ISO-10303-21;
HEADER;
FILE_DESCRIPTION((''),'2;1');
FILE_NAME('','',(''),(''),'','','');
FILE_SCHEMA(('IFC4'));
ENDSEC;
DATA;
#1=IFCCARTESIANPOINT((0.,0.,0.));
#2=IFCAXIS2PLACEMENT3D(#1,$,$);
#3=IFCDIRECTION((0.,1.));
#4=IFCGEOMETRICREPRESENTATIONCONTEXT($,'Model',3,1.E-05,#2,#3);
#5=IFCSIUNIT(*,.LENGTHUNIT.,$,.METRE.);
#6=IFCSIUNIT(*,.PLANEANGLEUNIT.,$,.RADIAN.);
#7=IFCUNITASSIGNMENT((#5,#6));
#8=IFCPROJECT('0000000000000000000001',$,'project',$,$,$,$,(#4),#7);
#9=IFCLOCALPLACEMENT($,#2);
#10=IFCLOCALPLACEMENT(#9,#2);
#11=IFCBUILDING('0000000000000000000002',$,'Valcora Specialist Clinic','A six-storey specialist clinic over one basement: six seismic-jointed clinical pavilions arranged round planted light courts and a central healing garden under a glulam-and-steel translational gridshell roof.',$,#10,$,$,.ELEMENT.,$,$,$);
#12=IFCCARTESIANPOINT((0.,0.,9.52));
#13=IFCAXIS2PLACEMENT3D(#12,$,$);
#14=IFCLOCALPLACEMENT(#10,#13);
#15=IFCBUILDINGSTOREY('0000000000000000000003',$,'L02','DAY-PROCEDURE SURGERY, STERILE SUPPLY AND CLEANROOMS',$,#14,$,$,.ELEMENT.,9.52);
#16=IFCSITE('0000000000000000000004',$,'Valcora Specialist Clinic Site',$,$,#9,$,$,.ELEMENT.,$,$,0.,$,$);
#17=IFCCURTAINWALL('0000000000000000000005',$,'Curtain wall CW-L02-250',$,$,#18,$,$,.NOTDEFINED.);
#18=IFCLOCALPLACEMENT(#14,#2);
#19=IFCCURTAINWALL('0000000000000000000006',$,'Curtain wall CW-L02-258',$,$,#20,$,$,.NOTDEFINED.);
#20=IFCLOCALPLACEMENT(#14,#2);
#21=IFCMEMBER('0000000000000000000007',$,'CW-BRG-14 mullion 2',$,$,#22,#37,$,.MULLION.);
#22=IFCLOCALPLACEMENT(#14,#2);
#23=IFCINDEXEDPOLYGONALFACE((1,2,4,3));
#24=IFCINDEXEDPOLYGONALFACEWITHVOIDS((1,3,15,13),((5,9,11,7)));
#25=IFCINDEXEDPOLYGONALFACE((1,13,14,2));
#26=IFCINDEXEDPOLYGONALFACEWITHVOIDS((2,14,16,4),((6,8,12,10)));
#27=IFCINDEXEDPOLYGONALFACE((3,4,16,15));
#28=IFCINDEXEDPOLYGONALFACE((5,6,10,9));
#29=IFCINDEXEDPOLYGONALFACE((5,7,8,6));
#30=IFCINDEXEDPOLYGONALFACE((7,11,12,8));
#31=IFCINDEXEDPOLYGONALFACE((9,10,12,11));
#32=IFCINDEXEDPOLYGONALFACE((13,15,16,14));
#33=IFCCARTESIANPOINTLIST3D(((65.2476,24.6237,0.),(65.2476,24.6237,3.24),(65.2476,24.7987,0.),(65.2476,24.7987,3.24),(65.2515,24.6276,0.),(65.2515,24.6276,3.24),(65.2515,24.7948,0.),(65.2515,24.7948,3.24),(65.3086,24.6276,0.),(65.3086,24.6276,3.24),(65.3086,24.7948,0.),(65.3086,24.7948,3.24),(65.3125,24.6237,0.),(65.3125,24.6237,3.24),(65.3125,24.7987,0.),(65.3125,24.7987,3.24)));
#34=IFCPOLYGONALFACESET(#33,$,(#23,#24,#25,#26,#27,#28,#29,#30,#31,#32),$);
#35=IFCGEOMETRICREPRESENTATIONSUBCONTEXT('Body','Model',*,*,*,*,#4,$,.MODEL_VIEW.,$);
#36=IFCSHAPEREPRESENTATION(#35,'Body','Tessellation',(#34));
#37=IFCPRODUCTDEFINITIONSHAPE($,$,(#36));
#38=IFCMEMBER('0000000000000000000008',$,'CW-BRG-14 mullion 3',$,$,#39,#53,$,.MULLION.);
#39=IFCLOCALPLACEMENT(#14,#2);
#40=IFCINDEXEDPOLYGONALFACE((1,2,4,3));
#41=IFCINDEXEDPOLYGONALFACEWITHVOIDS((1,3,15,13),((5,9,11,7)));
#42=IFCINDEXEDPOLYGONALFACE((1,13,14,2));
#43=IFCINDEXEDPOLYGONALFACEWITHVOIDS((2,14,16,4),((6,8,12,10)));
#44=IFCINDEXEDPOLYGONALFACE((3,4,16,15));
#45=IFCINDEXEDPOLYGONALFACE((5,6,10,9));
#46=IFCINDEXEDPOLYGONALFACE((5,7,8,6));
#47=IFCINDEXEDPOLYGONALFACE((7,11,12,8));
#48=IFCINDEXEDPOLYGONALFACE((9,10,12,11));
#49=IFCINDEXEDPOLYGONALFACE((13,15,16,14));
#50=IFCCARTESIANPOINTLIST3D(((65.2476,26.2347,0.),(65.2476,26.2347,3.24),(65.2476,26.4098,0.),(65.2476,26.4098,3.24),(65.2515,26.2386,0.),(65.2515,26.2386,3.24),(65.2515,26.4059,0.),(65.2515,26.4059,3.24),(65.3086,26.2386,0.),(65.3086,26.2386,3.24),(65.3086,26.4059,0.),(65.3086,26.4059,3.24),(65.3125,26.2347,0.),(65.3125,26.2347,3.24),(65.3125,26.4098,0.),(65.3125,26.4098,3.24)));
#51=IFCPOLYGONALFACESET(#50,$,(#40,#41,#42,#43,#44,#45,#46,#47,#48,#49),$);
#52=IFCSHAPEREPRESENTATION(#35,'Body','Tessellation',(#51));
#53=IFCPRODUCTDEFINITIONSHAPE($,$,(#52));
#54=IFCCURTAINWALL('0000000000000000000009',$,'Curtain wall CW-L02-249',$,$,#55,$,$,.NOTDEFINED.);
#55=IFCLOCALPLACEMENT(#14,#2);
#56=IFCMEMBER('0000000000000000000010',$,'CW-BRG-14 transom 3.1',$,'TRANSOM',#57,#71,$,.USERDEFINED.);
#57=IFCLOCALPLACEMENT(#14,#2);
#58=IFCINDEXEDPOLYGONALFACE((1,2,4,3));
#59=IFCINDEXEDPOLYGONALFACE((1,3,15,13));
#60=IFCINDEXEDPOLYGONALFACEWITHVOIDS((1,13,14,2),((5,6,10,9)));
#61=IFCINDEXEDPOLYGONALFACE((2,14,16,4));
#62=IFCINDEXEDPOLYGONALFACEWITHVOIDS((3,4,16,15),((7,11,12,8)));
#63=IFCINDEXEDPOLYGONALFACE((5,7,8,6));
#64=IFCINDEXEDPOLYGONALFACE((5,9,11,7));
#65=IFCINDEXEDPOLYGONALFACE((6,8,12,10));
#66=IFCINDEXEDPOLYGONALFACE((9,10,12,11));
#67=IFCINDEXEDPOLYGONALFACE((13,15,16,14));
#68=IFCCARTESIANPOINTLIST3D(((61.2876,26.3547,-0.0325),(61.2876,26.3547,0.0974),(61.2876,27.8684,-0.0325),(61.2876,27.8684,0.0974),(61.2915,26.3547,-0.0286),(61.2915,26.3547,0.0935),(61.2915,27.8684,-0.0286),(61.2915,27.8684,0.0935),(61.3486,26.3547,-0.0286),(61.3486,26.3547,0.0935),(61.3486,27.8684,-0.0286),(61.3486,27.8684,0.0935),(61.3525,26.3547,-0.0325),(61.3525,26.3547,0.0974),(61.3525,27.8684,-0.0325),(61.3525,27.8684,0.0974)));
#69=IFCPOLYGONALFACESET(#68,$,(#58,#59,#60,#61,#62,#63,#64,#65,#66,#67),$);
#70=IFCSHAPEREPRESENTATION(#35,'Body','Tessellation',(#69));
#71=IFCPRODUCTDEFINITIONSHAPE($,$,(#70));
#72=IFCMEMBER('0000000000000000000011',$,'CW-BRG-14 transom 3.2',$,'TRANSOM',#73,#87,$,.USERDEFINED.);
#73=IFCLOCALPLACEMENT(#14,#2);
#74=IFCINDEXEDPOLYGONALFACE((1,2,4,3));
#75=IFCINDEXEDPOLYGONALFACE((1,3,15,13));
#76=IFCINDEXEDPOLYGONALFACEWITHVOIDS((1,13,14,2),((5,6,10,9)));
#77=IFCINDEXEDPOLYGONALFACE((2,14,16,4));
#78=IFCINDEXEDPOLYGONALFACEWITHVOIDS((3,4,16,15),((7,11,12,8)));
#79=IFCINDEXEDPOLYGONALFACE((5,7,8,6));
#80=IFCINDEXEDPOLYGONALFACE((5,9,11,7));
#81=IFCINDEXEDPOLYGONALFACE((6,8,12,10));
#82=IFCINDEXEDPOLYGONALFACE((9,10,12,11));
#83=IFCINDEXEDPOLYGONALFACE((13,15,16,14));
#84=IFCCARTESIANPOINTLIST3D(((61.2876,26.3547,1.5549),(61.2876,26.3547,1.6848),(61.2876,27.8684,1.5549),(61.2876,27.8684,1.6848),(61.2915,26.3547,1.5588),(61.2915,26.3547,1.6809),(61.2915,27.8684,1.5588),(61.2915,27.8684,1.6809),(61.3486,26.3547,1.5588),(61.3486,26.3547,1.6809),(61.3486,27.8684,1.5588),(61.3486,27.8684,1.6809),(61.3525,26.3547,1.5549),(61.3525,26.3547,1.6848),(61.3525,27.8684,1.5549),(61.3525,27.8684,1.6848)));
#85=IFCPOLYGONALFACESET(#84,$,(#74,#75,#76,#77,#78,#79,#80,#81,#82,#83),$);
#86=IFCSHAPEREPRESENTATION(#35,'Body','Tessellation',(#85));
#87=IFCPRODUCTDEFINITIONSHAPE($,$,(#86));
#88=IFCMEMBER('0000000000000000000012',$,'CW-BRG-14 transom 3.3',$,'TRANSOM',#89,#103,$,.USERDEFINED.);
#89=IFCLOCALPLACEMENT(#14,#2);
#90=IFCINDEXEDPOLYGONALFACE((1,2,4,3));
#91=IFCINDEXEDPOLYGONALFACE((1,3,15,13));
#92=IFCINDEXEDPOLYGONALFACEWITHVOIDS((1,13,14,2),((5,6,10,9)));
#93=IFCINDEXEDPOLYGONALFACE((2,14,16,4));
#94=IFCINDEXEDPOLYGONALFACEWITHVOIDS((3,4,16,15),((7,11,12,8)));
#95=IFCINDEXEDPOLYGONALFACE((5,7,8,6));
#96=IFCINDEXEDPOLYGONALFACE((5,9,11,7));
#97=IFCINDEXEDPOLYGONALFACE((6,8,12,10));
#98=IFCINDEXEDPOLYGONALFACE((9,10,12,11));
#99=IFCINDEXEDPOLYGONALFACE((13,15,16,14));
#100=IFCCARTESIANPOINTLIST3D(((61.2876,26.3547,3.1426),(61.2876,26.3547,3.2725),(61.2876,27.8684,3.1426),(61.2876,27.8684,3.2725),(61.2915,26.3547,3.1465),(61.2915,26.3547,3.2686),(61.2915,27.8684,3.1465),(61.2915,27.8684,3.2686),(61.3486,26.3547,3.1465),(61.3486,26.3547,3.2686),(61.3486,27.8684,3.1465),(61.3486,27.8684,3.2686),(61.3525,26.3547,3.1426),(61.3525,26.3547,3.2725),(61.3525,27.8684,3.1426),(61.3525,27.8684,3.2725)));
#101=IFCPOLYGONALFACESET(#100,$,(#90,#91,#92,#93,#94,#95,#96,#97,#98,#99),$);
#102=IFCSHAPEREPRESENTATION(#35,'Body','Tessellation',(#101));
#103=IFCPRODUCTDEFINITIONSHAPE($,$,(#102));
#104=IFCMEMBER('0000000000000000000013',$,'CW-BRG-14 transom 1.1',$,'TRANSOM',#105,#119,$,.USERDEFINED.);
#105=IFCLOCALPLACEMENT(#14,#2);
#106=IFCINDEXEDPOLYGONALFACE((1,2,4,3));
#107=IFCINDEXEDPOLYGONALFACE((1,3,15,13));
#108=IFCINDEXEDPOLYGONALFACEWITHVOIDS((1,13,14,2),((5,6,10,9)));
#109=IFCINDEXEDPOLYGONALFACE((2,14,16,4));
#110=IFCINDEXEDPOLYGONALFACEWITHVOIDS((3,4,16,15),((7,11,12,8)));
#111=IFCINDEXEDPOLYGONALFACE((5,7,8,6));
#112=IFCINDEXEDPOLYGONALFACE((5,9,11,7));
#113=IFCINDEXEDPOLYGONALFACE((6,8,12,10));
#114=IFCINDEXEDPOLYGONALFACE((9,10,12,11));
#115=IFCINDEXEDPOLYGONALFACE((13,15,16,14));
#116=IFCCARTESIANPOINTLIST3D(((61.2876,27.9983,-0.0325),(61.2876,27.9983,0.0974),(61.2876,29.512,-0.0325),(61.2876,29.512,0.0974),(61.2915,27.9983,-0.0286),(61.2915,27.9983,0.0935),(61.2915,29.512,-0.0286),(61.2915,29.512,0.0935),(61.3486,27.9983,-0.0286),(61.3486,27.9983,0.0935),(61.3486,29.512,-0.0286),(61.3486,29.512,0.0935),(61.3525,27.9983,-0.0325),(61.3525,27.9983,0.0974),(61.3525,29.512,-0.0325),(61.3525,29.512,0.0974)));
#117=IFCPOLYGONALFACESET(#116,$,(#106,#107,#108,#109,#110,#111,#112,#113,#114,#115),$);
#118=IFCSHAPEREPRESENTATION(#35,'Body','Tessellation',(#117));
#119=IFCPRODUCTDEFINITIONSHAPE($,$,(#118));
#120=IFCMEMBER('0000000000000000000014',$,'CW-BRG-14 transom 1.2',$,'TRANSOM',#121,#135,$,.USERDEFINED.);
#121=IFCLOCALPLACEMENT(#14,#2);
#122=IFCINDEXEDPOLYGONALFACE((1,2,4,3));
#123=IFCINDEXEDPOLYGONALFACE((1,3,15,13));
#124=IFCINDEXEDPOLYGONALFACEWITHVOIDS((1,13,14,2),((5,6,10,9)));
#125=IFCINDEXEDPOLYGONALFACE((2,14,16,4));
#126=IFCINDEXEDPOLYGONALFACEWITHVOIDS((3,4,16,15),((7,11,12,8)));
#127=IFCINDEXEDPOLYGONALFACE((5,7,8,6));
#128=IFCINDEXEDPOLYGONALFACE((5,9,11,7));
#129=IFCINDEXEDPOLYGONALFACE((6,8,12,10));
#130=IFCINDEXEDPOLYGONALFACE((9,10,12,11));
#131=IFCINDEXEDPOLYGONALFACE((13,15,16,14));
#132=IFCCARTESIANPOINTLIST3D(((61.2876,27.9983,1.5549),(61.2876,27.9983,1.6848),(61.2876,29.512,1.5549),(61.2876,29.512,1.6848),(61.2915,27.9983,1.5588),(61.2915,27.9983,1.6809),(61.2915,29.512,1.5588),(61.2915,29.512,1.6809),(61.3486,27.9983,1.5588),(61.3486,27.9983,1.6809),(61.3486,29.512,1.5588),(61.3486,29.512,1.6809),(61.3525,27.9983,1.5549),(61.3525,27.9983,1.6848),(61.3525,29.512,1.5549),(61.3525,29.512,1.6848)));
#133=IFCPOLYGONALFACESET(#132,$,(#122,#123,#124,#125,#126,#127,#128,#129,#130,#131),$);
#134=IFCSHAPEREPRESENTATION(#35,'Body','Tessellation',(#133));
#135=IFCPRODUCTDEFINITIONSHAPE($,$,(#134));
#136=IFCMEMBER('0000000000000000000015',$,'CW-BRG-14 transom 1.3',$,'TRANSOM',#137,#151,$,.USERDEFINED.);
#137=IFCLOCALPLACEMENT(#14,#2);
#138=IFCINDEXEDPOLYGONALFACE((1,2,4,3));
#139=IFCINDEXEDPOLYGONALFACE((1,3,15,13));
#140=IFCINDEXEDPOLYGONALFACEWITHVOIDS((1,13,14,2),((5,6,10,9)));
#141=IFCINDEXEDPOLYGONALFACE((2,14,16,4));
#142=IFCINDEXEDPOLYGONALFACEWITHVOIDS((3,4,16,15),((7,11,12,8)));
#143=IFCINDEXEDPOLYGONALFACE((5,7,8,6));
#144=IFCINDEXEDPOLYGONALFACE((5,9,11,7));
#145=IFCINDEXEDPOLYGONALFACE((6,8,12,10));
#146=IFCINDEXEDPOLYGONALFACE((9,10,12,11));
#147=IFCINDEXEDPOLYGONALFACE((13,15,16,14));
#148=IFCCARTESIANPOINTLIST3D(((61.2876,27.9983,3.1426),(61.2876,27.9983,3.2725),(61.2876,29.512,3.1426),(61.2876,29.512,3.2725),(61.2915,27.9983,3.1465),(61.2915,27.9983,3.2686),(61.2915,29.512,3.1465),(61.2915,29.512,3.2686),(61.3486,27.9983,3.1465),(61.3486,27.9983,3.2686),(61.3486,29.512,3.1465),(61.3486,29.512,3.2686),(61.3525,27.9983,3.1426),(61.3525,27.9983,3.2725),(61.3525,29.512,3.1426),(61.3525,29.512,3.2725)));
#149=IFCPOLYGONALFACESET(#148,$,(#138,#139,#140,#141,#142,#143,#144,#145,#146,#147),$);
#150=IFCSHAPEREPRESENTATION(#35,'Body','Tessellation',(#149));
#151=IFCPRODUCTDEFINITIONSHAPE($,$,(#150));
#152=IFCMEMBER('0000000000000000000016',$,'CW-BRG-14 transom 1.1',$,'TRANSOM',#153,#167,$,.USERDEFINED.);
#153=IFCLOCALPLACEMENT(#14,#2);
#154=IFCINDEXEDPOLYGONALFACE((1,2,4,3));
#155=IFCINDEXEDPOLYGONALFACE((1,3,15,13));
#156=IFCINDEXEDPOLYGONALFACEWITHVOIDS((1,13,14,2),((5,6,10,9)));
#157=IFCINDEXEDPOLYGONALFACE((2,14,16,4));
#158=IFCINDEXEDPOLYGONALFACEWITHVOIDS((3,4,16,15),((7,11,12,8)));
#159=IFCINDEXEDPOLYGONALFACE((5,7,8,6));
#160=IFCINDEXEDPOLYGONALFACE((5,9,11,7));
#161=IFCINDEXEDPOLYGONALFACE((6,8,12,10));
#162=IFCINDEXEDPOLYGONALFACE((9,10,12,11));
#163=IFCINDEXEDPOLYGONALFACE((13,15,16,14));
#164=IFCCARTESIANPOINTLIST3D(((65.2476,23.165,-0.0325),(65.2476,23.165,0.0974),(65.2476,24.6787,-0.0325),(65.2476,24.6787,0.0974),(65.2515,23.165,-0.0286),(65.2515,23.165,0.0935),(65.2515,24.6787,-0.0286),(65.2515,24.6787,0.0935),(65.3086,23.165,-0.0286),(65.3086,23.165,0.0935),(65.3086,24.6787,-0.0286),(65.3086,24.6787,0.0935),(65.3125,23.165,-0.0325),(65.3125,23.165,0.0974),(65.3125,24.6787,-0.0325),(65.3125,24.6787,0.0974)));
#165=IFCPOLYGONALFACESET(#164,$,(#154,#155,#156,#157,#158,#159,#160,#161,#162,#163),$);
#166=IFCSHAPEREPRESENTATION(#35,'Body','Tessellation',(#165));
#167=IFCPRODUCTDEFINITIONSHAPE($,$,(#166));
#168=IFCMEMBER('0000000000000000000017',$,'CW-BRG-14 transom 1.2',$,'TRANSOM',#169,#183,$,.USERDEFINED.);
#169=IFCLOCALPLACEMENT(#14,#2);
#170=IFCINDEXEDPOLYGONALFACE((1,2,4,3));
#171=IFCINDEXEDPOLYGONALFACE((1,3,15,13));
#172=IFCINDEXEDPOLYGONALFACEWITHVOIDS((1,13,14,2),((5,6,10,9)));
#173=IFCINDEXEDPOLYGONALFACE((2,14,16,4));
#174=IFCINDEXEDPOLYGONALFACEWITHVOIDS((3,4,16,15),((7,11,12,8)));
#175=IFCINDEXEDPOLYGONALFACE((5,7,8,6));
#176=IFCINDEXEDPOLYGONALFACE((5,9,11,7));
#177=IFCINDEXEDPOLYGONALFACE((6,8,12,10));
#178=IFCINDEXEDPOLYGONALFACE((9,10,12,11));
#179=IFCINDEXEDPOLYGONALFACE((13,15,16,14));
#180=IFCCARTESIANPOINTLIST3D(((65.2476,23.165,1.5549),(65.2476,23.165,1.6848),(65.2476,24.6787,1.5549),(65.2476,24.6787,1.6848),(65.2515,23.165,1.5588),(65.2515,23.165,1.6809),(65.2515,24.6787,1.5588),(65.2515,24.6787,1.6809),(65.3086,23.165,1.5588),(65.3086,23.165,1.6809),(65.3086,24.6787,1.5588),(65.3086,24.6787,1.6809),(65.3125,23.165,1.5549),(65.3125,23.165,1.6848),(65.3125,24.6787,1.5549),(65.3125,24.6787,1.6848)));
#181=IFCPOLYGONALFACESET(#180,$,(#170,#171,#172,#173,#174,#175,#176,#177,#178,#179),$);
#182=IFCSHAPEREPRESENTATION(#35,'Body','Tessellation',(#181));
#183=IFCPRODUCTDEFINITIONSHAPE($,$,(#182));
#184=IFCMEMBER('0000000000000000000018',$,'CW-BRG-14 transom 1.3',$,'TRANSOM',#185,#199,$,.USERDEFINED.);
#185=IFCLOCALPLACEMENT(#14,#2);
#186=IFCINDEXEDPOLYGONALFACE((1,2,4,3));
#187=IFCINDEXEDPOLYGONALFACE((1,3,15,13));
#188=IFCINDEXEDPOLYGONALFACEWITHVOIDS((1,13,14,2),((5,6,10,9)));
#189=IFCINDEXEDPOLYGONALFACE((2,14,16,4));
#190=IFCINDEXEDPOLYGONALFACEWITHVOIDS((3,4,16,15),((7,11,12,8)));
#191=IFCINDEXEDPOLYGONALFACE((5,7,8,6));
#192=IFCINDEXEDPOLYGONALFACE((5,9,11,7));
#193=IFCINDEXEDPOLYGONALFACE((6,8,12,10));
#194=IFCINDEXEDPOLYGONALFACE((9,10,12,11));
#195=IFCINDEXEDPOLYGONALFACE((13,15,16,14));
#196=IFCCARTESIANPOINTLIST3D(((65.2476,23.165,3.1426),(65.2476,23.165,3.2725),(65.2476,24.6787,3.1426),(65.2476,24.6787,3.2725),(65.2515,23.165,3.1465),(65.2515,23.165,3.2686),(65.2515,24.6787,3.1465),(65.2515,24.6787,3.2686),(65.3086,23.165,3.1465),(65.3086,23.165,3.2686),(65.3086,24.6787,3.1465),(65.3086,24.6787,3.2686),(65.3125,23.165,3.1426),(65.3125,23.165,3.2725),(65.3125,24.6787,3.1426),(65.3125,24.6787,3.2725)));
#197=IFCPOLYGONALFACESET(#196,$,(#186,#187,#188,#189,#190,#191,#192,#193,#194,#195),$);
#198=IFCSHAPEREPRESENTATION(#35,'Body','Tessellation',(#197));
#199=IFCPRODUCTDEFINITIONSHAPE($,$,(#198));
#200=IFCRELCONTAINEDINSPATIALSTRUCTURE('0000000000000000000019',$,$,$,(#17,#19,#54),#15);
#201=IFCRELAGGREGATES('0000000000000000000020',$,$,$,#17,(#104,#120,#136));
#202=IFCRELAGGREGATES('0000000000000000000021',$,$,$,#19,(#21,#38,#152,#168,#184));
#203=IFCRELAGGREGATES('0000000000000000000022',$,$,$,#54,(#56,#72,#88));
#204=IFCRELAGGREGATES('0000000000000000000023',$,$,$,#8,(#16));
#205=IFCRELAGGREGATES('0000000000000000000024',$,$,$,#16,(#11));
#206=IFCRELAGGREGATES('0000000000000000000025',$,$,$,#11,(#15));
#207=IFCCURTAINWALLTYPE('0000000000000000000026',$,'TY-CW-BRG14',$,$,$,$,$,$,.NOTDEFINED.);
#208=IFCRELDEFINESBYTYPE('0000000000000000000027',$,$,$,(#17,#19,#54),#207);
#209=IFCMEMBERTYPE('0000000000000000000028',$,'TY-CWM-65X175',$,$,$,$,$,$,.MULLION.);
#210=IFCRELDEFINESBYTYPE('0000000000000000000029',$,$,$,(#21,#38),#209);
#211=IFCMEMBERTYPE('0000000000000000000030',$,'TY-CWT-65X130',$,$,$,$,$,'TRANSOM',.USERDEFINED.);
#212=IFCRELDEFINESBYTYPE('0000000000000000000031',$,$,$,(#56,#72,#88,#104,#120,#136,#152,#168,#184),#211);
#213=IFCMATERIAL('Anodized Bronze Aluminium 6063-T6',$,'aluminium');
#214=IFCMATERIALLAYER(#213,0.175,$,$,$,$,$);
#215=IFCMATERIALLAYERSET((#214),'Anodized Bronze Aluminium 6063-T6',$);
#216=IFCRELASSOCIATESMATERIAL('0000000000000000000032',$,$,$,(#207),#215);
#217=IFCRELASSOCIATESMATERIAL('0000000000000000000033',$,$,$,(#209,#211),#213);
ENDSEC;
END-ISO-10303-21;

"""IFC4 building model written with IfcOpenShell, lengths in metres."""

from ifc_helpers import new_model, si_unit, direction, frame, origin, origin_2d, place, context, subcontext, project, spatial, hollow_rectangle, extrude, material, layer, layer_set, material_profile, profile_set, type_object, element, aggregate, save


model = new_model("IFC4")

# Units and contexts
model_context = context("Model", 3, precision=1e-05, world=origin(), true_north=direction((0.0, 1.0)))
body_context = subcontext(model_context, "Body", "Model", "MODEL_VIEW")
ifc_project = project(units=[si_unit("LENGTHUNIT", "METRE"), si_unit("PLANEANGLEUNIT", "RADIAN")], contexts=[model_context])

# Site, building, storey
site_placement = place(None, origin())
site = spatial("IfcSite", under=ifc_project, at=site_placement, Name="Valcora Specialist Clinic Site", CompositionType="ELEMENT", RefElevation=0.0)
building_placement = place(site_placement, origin())
building = spatial("IfcBuilding", under=site, at=building_placement, Name="Valcora Specialist Clinic", Description="A six-storey specialist clinic over one basement: six seismic-jointed clinical pavilions arranged round planted light courts and a central healing garden under a glulam-and-steel translational gridshell roof.", CompositionType="ELEMENT")
storey_placement = place(building_placement, frame((0.0, 0.0, 9.52)))
storey = spatial("IfcBuildingStorey", under=building, at=storey_placement, Name="L02", Description="DAY-PROCEDURE SURGERY, STERILE SUPPLY AND CLEANROOMS", CompositionType="ELEMENT", Elevation=9.52)

# Curtain wall
ifc_material_1 = material(Name="Anodized Bronze Aluminium 6063-T6", Category="aluminium")
ifc_layer_1 = layer(ifc_material_1, 0.175)
ifc_layer_set_1 = layer_set([ifc_layer_1], Name="Anodized Bronze Aluminium 6063-T6")
curtain_wall_type = type_object("IfcCurtainWallType", Name="TY-CW-BRG14", PredefinedType="NOTDEFINED", material=ifc_layer_set_1)
curtain_wall_1_placement = place(storey_placement, origin())
curtain_wall_1 = element("IfcCurtainWall", 1, at=curtain_wall_1_placement, inside=storey, type_object=curtain_wall_type, Name="Curtain wall CW-L02-250", PredefinedType="NOTDEFINED")
ifc_material_profile_1 = material_profile(ifc_material_1, hollow_rectangle(XDim=0.0649, YDim=0.175, WallThickness=0.0039, at=origin_2d()), Name="AL-MUL-65X175")
ifc_profile_set_1 = profile_set([ifc_material_profile_1], Name="Anodized Bronze Aluminium 6063-T6")
member_type_1 = type_object("IfcMemberType", Name="TY-CWM-65X175", PredefinedType="MULLION", material=ifc_profile_set_1)

# Curtain walls, members
curtain_wall_2_placement = place(storey_placement, origin())
curtain_wall_2 = element("IfcCurtainWall", 2, at=curtain_wall_2_placement, inside=storey, type_object=curtain_wall_type, Name="Curtain wall CW-L02-258", PredefinedType="NOTDEFINED")
member_1_placement = place(storey_placement, frame((65.28, 24.7112, 0.0), z_axis=(0.0, 0.0, 1.0), x_axis=(-1.0, 0.0, 0.0)))
member_1 = element("IfcMember", 3, at=member_1_placement, type_object=member_type_1, Name="CW-BRG-14 mullion 2", PredefinedType="MULLION", context=body_context, shape_type="SweptSolid", body=[
    extrude(hollow_rectangle(XDim=0.0649, YDim=0.175, WallThickness=0.0039, at=origin_2d()), origin(), (0.0, 0.0, 1.0), 3.24),
])
member_2_placement = place(storey_placement, frame((65.28, 26.3223, 0.0), z_axis=(0.0, 0.0, 1.0), x_axis=(-1.0, 0.0, 0.0)))
member_2 = element("IfcMember", 4, at=member_2_placement, type_object=member_type_1, Name="CW-BRG-14 mullion 3", PredefinedType="MULLION", context=body_context, shape_type="SweptSolid", body=[
    extrude(hollow_rectangle(XDim=0.0649, YDim=0.175, WallThickness=0.0039, at=origin_2d()), origin(), (0.0, 0.0, 1.0), 3.24),
])
curtain_wall_3_placement = place(storey_placement, origin())
curtain_wall_3 = element("IfcCurtainWall", 5, at=curtain_wall_3_placement, inside=storey, type_object=curtain_wall_type, Name="Curtain wall CW-L02-249", PredefinedType="NOTDEFINED")
ifc_material_profile_2 = material_profile(ifc_material_1, hollow_rectangle(XDim=0.0649, YDim=0.1299, WallThickness=0.0039, at=origin_2d()), Name="AL-TRN-65X130")
ifc_profile_set_2 = profile_set([ifc_material_profile_2], Name="Anodized Bronze Aluminium 6063-T6")
member_type_2 = type_object("IfcMemberType", Name="TY-CWT-65X130", ElementType="TRANSOM", PredefinedType="USERDEFINED", material=ifc_profile_set_2)
member_3_placement = place(storey_placement, frame((61.3201, 26.3547, 0.0325), z_axis=(0.0, 1.0, 0.0), x_axis=(-1.0, 0.0, 0.0)))
member_3 = element("IfcMember", 6, at=member_3_placement, type_object=member_type_2, Name="CW-BRG-14 transom 3.1", ObjectType="TRANSOM", PredefinedType="USERDEFINED", context=body_context, shape_type="SweptSolid", body=[
    extrude(hollow_rectangle(XDim=0.0649, YDim=0.1299, WallThickness=0.0039, at=origin_2d()), origin(), (0.0, 0.0, 1.0), 1.5137),
])
member_4_placement = place(storey_placement, frame((61.3201, 26.3547, 1.6199), z_axis=(0.0, 1.0, 0.0), x_axis=(-1.0, 0.0, 0.0)))
member_4 = element("IfcMember", 7, at=member_4_placement, type_object=member_type_2, Name="CW-BRG-14 transom 3.2", ObjectType="TRANSOM", PredefinedType="USERDEFINED", context=body_context, shape_type="SweptSolid", body=[
    extrude(hollow_rectangle(XDim=0.0649, YDim=0.1299, WallThickness=0.0039, at=origin_2d()), origin(), (0.0, 0.0, 1.0), 1.5137),
])
member_5_placement = place(storey_placement, frame((61.3201, 26.3547, 3.2075), z_axis=(0.0, 1.0, 0.0), x_axis=(-1.0, 0.0, 0.0)))
member_5 = element("IfcMember", 8, at=member_5_placement, type_object=member_type_2, Name="CW-BRG-14 transom 3.3", ObjectType="TRANSOM", PredefinedType="USERDEFINED", context=body_context, shape_type="SweptSolid", body=[
    extrude(hollow_rectangle(XDim=0.0649, YDim=0.1299, WallThickness=0.0039, at=origin_2d()), origin(), (0.0, 0.0, 1.0), 1.5137),
])

# Members
member_6_placement = place(storey_placement, frame((61.3201, 27.9983, 0.0325), z_axis=(0.0, 1.0, 0.0), x_axis=(-1.0, 0.0, 0.0)))
member_6 = element("IfcMember", 9, at=member_6_placement, type_object=member_type_2, Name="CW-BRG-14 transom 1.1", ObjectType="TRANSOM", PredefinedType="USERDEFINED", context=body_context, shape_type="SweptSolid", body=[
    extrude(hollow_rectangle(XDim=0.0649, YDim=0.1299, WallThickness=0.0039, at=origin_2d()), origin(), (0.0, 0.0, 1.0), 1.5137),
])
member_7_placement = place(storey_placement, frame((61.3201, 27.9983, 1.6199), z_axis=(0.0, 1.0, 0.0), x_axis=(-1.0, 0.0, 0.0)))
member_7 = element("IfcMember", 10, at=member_7_placement, type_object=member_type_2, Name="CW-BRG-14 transom 1.2", ObjectType="TRANSOM", PredefinedType="USERDEFINED", context=body_context, shape_type="SweptSolid", body=[
    extrude(hollow_rectangle(XDim=0.0649, YDim=0.1299, WallThickness=0.0039, at=origin_2d()), origin(), (0.0, 0.0, 1.0), 1.5137),
])
member_8_placement = place(storey_placement, frame((61.3201, 27.9983, 3.2075), z_axis=(0.0, 1.0, 0.0), x_axis=(-1.0, 0.0, 0.0)))
member_8 = element("IfcMember", 11, at=member_8_placement, type_object=member_type_2, Name="CW-BRG-14 transom 1.3", ObjectType="TRANSOM", PredefinedType="USERDEFINED", context=body_context, shape_type="SweptSolid", body=[
    extrude(hollow_rectangle(XDim=0.0649, YDim=0.1299, WallThickness=0.0039, at=origin_2d()), origin(), (0.0, 0.0, 1.0), 1.5137),
])
aggregate(curtain_wall_1, [member_6, member_7, member_8])
member_9_placement = place(storey_placement, frame((65.28, 23.165, 0.0325), z_axis=(0.0, 1.0, 0.0), x_axis=(-1.0, 0.0, 0.0)))
member_9 = element("IfcMember", 12, at=member_9_placement, type_object=member_type_2, Name="CW-BRG-14 transom 1.1", ObjectType="TRANSOM", PredefinedType="USERDEFINED", context=body_context, shape_type="SweptSolid", body=[
    extrude(hollow_rectangle(XDim=0.0649, YDim=0.1299, WallThickness=0.0039, at=origin_2d()), origin(), (0.0, 0.0, 1.0), 1.5137),
])
member_10_placement = place(storey_placement, frame((65.28, 23.165, 1.6199), z_axis=(0.0, 1.0, 0.0), x_axis=(-1.0, 0.0, 0.0)))
member_10 = element("IfcMember", 13, at=member_10_placement, type_object=member_type_2, Name="CW-BRG-14 transom 1.2", ObjectType="TRANSOM", PredefinedType="USERDEFINED", context=body_context, shape_type="SweptSolid", body=[
    extrude(hollow_rectangle(XDim=0.0649, YDim=0.1299, WallThickness=0.0039, at=origin_2d()), origin(), (0.0, 0.0, 1.0), 1.5137),
])
member_11_placement = place(storey_placement, frame((65.28, 23.165, 3.2075), z_axis=(0.0, 1.0, 0.0), x_axis=(-1.0, 0.0, 0.0)))
member_11 = element("IfcMember", 14, at=member_11_placement, type_object=member_type_2, Name="CW-BRG-14 transom 1.3", ObjectType="TRANSOM", PredefinedType="USERDEFINED", context=body_context, shape_type="SweptSolid", body=[
    extrude(hollow_rectangle(XDim=0.0649, YDim=0.1299, WallThickness=0.0039, at=origin_2d()), origin(), (0.0, 0.0, 1.0), 1.5137),
])

aggregate(curtain_wall_2, [member_1, member_2, member_9, member_10, member_11])
aggregate(curtain_wall_3, [member_3, member_4, member_5])

save(model, "model.ifc")
